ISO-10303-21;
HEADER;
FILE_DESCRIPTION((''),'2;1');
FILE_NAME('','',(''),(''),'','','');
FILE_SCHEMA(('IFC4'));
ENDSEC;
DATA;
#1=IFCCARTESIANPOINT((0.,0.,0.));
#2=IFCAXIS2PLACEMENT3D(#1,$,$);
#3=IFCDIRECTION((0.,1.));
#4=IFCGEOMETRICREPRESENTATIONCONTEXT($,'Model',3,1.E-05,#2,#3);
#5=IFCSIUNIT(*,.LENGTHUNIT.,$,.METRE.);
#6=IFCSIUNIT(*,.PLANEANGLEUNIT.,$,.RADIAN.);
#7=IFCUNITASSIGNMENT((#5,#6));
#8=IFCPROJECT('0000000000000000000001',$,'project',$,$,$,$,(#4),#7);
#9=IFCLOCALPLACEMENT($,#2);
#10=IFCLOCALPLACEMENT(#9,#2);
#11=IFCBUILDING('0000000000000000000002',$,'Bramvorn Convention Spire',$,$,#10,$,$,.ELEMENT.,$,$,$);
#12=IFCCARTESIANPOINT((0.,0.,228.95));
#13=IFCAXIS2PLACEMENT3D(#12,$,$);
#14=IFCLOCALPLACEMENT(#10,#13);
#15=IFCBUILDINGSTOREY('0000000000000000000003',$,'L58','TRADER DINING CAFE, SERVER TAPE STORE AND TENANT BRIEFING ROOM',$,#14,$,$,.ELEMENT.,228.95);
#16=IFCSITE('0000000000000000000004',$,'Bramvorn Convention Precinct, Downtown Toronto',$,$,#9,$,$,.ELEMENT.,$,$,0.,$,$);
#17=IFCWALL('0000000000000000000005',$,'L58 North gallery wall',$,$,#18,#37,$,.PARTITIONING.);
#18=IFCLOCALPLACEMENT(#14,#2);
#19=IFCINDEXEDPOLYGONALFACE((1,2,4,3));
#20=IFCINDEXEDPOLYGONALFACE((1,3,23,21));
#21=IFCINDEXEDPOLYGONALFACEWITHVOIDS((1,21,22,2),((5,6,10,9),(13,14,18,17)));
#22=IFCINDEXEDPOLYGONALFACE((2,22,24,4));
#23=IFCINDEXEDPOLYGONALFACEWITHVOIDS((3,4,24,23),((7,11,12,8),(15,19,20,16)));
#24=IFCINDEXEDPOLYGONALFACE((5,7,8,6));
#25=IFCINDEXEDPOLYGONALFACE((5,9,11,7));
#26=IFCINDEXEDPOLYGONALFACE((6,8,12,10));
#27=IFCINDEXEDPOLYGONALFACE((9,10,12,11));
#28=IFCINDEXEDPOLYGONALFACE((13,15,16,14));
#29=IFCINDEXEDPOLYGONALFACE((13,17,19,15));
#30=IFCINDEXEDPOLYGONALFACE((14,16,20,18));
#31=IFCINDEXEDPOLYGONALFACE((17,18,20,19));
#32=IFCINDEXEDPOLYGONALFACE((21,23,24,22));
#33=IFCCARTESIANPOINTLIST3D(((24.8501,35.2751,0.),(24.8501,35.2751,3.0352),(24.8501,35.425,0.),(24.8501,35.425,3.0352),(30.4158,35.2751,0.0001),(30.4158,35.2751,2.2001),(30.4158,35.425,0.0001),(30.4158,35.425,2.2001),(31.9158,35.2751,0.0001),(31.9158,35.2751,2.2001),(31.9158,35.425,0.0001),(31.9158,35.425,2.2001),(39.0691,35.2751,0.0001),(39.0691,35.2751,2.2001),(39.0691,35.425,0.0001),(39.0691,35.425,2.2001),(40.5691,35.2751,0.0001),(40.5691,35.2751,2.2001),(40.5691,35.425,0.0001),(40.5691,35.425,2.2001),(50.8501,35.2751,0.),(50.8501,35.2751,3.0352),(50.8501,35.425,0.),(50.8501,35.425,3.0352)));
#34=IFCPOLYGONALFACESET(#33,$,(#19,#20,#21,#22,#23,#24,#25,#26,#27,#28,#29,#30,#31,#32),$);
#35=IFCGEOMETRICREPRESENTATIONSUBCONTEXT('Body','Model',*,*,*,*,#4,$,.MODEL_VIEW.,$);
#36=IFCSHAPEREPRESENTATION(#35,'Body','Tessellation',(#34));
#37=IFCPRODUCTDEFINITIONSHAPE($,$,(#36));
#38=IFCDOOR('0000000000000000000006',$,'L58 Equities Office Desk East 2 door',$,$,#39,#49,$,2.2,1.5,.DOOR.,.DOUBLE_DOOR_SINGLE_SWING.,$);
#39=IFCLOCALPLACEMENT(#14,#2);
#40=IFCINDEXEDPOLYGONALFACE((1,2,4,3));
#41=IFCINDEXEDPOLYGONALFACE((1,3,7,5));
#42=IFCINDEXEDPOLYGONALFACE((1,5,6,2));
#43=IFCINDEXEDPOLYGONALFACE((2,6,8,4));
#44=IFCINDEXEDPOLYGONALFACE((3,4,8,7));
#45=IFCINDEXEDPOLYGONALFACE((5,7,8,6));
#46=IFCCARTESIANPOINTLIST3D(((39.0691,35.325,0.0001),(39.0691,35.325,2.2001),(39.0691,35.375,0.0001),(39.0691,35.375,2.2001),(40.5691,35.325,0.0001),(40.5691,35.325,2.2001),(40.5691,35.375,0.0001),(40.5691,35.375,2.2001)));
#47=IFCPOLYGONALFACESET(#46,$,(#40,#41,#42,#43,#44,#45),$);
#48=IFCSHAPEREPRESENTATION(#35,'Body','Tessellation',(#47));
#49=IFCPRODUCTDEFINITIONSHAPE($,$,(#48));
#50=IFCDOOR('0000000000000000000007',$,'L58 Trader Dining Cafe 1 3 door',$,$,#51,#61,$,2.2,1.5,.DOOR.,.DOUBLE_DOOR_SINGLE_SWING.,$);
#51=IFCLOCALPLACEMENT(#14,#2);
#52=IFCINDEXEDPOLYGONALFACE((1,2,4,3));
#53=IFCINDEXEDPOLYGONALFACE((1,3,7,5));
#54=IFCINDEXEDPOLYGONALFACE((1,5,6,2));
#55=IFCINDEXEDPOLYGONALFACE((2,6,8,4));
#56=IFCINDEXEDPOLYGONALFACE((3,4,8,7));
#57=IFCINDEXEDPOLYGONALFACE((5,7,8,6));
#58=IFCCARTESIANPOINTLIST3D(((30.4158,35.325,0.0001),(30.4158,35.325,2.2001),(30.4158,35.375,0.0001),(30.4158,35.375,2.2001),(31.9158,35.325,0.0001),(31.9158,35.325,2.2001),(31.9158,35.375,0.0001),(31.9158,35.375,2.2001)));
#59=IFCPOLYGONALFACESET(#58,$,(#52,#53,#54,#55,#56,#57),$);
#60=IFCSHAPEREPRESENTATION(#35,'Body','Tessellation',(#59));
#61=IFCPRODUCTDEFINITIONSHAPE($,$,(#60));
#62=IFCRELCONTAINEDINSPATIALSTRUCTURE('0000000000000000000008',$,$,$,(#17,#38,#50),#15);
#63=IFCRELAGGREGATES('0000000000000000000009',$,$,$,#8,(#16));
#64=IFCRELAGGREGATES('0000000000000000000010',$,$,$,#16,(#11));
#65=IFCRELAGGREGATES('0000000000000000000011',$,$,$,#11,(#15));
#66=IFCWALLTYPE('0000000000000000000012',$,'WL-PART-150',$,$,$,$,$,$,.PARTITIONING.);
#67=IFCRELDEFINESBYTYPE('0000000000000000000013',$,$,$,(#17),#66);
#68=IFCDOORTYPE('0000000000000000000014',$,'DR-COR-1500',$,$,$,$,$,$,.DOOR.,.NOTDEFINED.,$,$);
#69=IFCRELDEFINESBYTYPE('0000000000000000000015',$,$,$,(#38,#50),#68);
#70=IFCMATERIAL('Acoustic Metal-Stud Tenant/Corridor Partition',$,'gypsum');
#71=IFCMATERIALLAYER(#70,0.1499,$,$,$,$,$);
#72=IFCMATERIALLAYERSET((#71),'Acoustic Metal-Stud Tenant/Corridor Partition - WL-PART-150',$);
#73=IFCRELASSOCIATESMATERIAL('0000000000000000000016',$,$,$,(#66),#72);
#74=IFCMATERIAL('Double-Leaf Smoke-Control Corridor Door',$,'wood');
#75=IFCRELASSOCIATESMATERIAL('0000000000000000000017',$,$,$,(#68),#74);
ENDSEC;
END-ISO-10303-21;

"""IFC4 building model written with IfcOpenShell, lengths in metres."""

from ifc_helpers import new_model, si_unit, direction, frame, frame_2d, origin, place, context, subcontext, project, spatial, rectangle, extrude, material, layer, layer_set, type_object, element, fill, save


model = new_model("IFC4")

# Units and contexts
model_context = context("Model", 3, precision=1e-05, world=origin(), true_north=direction((0.0, 1.0)))
body_context = subcontext(model_context, "Body", "Model", "MODEL_VIEW")
ifc_project = project(units=[si_unit("LENGTHUNIT", "METRE"), si_unit("PLANEANGLEUNIT", "RADIAN")], contexts=[model_context])

# Site, building, storey
site_placement = place(None, origin())
site = spatial("IfcSite", under=ifc_project, at=site_placement, Name="Bramvorn Convention Precinct, Downtown Toronto", CompositionType="ELEMENT", RefElevation=0.0)
building_placement = place(site_placement, origin())
building = spatial("IfcBuilding", under=site, at=building_placement, Name="Bramvorn Convention Spire", CompositionType="ELEMENT")
storey_placement = place(building_placement, frame((0.0, 0.0, 228.95)))
storey = spatial("IfcBuildingStorey", under=building, at=storey_placement, Name="L58", Description="TRADER DINING CAFE, SERVER TAPE STORE AND TENANT BRIEFING ROOM", CompositionType="ELEMENT", Elevation=228.95)

# Wall, openings, doors
ifc_material_1 = material(Name="Acoustic Metal-Stud Tenant/Corridor Partition", Category="gypsum")
ifc_layer_1 = layer(ifc_material_1, 0.1499)
ifc_layer_set_1 = layer_set([ifc_layer_1], Name="Acoustic Metal-Stud Tenant/Corridor Partition - WL-PART-150")
wall_type_1 = type_object("IfcWallType", Name="WL-PART-150", PredefinedType="PARTITIONING", material=ifc_layer_set_1)
wall_1_placement = place(storey_placement, frame((24.8501, 35.3501, 0.0), z_axis=(0.0, 0.0, 1.0), x_axis=(1.0, 0.0, 0.0)))
wall_1 = element("IfcWall", 1, at=wall_1_placement, inside=storey, type_object=wall_type_1, Name="L58 North gallery wall", PredefinedType="PARTITIONING", context=body_context, shape_type="SweptSolid", body=[
    extrude(rectangle(XDim=26.0, YDim=0.1499, at=frame_2d((13.0, 0.0))), origin(), (0.0, 0.0, 1.0), 3.0352),
])
opening_1_placement = place(wall_1_placement, frame((14.219, 0.0, 0.0)))
opening_1 = element("IfcOpeningElement", 2, at=opening_1_placement, cuts=wall_1, PredefinedType="OPENING", context=body_context, shape_type="SweptSolid", body=[
    extrude(rectangle(XDim=1.5, YDim=2.2, at=frame_2d((0.75, 1.1001))), frame((0.0, 0.085, 0.0), z_axis=(0.0, -1.0, 0.0), x_axis=(1.0, 0.0, 0.0)), (0.0, 0.0, 1.0), 0.1699),
])
opening_2_placement = place(wall_1_placement, frame((5.5657, 0.0, 0.0)))
opening_2 = element("IfcOpeningElement", 3, at=opening_2_placement, cuts=wall_1, PredefinedType="OPENING", context=body_context, shape_type="SweptSolid", body=[
    extrude(rectangle(XDim=1.5, YDim=2.2, at=frame_2d((0.75, 1.1001))), frame((0.0, 0.085, 0.0), z_axis=(0.0, -1.0, 0.0), x_axis=(1.0, 0.0, 0.0)), (0.0, 0.0, 1.0), 0.1699),
])
ifc_material_2 = material(Name="Double-Leaf Smoke-Control Corridor Door", Category="wood")
door_type = type_object("IfcDoorType", Name="DR-COR-1500", OperationType="NOTDEFINED", PredefinedType="DOOR", material=ifc_material_2)
door_1_placement = place(opening_1_placement, origin())
door_1 = element("IfcDoor", 4, at=door_1_placement, inside=storey, type_object=door_type, Name="L58 Equities Office Desk East 2 door", OperationType="DOUBLE_DOOR_SINGLE_SWING", OverallHeight=2.2, OverallWidth=1.5, PredefinedType="DOOR", context=body_context, shape_type="SweptSolid", body=[
    extrude(rectangle(XDim=1.5, YDim=2.2, at=frame_2d((0.75, 1.1001))), frame((0.0, 0.0249, 0.0), z_axis=(0.0, -1.0, 0.0), x_axis=(1.0, 0.0, 0.0)), (0.0, 0.0, 1.0), 0.05),
])
fill(opening_1, door_1)
door_2_placement = place(opening_2_placement, origin())
door_2 = element("IfcDoor", 5, at=door_2_placement, inside=storey, type_object=door_type, Name="L58 Trader Dining Cafe 1 3 door", OperationType="DOUBLE_DOOR_SINGLE_SWING", OverallHeight=2.2, OverallWidth=1.5, PredefinedType="DOOR", context=body_context, shape_type="SweptSolid", body=[
    extrude(rectangle(XDim=1.5, YDim=2.2, at=frame_2d((0.75, 1.1001))), frame((0.0, 0.0249, 0.0), z_axis=(0.0, -1.0, 0.0), x_axis=(1.0, 0.0, 0.0)), (0.0, 0.0, 1.0), 0.05),
])
fill(opening_2, door_2)

save(model, "model.ifc")
